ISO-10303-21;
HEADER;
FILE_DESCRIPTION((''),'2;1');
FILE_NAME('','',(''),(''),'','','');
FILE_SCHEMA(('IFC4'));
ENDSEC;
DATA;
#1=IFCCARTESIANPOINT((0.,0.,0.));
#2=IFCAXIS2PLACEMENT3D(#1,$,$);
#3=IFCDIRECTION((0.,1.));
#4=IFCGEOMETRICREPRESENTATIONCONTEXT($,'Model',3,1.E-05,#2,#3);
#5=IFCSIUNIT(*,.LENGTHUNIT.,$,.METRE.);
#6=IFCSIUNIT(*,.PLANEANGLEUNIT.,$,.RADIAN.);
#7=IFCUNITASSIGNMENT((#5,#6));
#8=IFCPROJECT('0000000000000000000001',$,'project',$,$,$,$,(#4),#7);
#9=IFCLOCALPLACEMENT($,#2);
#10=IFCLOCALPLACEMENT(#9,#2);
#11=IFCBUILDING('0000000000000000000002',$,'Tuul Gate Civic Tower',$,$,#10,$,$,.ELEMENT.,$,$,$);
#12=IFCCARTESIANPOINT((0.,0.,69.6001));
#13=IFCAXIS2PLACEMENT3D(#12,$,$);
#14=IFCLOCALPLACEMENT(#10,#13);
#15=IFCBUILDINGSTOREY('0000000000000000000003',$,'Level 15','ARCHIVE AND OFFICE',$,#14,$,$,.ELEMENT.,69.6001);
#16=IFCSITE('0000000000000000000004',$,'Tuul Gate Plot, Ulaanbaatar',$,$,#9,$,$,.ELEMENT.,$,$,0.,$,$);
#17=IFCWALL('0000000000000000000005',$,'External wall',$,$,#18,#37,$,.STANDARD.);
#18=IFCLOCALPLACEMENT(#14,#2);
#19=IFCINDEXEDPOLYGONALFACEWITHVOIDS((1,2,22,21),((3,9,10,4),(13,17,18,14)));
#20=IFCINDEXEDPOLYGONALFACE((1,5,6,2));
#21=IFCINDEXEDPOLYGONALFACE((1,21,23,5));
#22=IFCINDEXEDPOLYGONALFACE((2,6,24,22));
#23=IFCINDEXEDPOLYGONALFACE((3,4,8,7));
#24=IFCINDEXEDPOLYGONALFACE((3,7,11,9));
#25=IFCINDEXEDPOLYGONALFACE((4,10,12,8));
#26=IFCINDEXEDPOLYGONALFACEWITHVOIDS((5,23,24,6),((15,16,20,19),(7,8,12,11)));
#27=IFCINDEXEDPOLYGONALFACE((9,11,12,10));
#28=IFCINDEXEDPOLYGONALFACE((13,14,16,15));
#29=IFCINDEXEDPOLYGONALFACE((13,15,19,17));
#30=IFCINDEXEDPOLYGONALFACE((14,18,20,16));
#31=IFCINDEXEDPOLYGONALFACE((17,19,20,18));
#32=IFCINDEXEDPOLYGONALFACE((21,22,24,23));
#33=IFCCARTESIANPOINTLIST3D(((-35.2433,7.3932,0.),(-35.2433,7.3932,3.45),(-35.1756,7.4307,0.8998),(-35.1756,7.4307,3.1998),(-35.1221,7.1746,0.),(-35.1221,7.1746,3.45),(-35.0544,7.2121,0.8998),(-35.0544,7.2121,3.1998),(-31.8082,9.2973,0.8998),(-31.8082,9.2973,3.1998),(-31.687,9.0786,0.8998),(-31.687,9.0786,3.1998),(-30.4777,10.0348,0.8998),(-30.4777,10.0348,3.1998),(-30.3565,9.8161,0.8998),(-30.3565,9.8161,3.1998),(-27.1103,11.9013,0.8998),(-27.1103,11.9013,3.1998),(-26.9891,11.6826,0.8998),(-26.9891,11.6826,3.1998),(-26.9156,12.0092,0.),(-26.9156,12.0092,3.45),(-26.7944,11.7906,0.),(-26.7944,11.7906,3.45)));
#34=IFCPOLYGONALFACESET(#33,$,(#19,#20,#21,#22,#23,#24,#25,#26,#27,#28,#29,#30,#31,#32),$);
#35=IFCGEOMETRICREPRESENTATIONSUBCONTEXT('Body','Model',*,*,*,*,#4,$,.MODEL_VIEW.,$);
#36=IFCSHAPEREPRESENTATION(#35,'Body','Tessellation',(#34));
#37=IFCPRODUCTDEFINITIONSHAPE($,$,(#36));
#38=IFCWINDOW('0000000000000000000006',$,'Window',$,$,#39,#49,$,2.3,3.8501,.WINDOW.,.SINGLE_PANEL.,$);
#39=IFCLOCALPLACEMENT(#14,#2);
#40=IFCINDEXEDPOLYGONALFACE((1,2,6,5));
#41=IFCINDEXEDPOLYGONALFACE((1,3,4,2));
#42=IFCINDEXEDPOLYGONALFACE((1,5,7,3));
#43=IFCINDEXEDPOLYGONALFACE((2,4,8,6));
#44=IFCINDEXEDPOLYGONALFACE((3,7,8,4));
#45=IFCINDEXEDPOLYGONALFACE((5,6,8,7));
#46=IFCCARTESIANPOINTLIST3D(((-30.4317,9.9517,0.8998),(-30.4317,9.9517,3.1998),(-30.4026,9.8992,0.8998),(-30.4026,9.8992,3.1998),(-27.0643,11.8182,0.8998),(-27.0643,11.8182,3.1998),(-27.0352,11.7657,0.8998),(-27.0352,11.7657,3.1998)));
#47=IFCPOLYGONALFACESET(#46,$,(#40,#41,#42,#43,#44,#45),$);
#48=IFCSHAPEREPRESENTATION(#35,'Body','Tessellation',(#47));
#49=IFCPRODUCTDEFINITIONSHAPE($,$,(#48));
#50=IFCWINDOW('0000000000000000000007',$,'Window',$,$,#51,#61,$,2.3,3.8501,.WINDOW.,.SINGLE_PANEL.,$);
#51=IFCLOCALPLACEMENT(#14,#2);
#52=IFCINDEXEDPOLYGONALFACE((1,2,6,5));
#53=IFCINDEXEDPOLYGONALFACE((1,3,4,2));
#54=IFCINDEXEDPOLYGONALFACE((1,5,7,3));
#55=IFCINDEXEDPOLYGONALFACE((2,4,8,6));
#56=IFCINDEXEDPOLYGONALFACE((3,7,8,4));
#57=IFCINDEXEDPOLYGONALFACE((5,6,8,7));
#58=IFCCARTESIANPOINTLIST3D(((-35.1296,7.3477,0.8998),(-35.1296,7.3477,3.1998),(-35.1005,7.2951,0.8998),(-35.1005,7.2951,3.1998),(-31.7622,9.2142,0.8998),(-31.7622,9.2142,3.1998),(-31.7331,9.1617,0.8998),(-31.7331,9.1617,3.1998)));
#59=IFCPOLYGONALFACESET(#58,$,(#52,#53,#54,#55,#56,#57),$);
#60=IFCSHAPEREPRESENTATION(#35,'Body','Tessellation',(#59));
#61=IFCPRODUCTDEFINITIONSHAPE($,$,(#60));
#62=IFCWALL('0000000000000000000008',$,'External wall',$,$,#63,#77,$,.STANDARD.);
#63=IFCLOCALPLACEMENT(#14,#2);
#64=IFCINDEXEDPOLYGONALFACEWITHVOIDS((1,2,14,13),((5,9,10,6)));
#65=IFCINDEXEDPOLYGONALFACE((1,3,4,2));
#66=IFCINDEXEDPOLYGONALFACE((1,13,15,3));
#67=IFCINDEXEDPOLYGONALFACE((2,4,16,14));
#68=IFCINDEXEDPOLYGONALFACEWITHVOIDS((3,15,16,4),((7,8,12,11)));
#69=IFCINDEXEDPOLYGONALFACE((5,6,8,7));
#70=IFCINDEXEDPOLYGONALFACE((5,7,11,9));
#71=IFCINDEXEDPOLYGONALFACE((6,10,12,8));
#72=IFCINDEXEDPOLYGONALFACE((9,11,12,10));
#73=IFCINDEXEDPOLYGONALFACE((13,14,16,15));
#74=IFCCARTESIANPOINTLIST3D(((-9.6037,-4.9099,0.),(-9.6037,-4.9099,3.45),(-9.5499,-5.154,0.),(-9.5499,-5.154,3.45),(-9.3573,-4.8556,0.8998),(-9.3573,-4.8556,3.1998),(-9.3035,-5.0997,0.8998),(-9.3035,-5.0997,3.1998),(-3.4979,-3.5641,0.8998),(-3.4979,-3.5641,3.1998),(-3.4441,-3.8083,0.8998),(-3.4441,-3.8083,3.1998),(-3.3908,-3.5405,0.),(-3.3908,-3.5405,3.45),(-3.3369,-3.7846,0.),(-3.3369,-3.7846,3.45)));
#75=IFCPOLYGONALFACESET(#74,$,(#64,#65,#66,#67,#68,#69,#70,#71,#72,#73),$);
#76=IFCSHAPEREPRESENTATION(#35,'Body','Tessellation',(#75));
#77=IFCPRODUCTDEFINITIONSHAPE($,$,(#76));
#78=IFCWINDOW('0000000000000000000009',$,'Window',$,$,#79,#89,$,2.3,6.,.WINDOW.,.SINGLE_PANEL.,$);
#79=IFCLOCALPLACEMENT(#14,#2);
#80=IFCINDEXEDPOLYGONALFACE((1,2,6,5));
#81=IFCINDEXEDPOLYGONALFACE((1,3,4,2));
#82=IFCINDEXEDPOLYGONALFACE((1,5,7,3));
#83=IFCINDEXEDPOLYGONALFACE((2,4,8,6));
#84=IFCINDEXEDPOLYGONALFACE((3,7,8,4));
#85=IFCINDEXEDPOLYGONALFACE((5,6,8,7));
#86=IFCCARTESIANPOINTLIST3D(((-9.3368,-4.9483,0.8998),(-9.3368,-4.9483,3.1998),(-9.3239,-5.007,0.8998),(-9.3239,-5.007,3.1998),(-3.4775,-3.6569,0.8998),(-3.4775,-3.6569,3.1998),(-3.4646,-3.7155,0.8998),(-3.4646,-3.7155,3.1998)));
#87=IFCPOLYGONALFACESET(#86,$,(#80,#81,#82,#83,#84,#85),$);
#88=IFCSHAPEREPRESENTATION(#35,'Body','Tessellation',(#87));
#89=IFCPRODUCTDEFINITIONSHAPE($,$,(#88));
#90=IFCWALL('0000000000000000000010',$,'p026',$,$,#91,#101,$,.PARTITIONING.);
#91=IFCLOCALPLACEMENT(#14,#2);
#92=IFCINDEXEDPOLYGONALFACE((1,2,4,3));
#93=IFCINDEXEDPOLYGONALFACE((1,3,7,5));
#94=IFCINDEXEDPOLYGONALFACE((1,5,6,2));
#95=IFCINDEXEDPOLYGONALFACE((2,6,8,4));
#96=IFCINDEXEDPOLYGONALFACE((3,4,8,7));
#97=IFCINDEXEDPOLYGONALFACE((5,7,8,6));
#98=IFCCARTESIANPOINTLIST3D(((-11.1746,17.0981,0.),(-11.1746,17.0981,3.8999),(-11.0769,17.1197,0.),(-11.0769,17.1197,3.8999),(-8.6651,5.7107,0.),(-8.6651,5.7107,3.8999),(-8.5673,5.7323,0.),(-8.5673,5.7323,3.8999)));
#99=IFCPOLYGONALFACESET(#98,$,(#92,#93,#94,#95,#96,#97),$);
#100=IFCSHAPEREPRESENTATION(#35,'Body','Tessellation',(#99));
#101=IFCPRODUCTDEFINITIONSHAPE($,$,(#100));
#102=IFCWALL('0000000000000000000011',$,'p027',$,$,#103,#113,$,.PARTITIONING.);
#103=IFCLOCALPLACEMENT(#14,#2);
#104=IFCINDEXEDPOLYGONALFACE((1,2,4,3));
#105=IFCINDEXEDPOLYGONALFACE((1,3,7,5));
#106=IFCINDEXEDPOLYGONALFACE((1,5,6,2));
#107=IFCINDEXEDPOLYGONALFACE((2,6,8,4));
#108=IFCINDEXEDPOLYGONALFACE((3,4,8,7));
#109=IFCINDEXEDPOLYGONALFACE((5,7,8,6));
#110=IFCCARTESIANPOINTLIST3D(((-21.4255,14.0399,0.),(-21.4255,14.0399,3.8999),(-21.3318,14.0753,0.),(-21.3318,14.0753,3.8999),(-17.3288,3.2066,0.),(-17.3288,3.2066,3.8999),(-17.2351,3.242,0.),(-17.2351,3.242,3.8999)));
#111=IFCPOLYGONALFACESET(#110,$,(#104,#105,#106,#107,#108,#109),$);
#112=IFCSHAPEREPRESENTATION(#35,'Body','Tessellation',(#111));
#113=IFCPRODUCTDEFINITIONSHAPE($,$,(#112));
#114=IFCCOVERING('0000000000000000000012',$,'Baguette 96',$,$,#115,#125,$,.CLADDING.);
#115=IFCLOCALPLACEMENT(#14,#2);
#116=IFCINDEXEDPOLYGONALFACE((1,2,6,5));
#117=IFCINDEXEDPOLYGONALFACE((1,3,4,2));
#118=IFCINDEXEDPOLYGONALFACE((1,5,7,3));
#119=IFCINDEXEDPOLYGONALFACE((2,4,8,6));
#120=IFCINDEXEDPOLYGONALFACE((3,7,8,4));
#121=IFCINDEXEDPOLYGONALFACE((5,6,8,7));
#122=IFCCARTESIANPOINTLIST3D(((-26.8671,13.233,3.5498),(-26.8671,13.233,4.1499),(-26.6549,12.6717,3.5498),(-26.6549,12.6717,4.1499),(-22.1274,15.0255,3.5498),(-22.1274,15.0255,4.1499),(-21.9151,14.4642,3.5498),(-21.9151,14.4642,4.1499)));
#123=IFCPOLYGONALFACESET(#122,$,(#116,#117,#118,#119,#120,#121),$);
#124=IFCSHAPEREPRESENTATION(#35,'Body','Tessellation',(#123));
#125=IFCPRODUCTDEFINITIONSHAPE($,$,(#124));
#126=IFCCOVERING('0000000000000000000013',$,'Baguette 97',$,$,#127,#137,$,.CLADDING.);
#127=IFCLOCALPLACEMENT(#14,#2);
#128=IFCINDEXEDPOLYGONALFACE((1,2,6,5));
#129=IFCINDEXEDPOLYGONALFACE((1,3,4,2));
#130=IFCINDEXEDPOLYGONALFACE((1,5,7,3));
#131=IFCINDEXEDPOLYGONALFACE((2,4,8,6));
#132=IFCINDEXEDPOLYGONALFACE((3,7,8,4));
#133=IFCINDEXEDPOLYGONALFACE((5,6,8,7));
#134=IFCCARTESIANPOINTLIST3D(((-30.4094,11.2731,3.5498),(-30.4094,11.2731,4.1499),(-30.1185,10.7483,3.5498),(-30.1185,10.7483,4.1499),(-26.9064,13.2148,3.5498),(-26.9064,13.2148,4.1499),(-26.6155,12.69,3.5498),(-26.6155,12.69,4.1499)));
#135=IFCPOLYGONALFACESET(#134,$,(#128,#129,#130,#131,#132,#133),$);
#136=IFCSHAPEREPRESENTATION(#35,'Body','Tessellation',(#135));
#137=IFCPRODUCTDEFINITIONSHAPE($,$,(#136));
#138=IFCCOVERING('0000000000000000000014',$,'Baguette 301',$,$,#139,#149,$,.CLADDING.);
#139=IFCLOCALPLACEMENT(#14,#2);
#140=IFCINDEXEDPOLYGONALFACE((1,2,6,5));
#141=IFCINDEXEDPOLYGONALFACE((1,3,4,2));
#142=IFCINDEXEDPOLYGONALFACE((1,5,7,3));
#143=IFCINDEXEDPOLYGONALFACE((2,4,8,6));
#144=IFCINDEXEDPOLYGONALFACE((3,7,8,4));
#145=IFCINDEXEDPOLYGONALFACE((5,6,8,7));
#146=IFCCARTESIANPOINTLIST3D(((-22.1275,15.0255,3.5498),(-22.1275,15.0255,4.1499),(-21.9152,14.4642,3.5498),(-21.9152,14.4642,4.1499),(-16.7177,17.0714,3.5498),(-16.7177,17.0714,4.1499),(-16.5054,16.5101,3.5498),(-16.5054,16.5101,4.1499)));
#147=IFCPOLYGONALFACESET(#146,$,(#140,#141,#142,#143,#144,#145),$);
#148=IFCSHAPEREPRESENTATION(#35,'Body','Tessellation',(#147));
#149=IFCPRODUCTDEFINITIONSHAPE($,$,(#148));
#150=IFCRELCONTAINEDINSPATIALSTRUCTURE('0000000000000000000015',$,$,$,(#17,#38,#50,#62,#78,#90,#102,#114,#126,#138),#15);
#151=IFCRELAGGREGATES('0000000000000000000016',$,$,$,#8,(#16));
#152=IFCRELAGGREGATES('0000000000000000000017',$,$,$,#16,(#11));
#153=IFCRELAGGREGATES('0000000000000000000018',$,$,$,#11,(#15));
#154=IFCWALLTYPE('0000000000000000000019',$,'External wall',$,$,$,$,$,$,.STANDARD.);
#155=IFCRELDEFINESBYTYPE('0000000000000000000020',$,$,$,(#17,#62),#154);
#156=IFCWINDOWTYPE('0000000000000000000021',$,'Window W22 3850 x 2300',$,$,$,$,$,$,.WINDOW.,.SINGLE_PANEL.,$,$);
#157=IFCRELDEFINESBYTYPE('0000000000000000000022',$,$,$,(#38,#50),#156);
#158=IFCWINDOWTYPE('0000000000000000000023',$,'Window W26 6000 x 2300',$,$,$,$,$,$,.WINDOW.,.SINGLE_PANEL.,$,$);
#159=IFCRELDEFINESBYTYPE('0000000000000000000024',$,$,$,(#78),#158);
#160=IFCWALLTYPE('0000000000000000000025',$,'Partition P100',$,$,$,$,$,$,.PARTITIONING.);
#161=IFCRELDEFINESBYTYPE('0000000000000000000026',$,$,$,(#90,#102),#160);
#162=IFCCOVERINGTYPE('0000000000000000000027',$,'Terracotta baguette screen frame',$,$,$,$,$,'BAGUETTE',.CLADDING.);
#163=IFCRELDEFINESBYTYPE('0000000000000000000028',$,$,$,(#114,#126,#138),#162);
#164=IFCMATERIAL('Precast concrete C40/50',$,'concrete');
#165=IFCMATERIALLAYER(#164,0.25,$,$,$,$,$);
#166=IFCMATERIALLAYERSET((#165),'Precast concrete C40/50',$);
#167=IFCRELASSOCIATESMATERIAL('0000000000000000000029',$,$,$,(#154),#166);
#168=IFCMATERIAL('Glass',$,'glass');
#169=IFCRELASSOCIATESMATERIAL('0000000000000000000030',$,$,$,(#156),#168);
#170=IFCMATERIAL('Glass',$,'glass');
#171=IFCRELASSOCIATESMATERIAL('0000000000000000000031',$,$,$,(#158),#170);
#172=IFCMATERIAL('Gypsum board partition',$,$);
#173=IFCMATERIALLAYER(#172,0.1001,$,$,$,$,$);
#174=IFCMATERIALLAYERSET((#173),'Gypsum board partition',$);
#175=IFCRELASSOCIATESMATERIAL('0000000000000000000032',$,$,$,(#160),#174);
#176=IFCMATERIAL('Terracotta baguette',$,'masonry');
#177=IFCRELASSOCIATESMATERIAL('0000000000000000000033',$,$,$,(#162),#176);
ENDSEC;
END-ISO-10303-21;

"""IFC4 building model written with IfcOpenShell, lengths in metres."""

from ifc_helpers import new_model, si_unit, direction, frame, frame_2d, origin, origin_2d, place, context, subcontext, project, spatial, rectangle, extrude, material, layer, layer_set, material_profile, profile_set, type_object, element, fill, save


model = new_model("IFC4")

# Units and contexts
model_context = context("Model", 3, precision=1e-05, world=origin(), true_north=direction((0.0, 1.0)))
body_context = subcontext(model_context, "Body", "Model", "MODEL_VIEW")
ifc_project = project(units=[si_unit("LENGTHUNIT", "METRE"), si_unit("PLANEANGLEUNIT", "RADIAN")], contexts=[model_context])

# Site, building, storey
site_placement = place(None, origin())
site = spatial("IfcSite", under=ifc_project, at=site_placement, Name="Tuul Gate Plot, Ulaanbaatar", CompositionType="ELEMENT", RefElevation=0.0)
building_placement = place(site_placement, origin())
building = spatial("IfcBuilding", under=site, at=building_placement, Name="Tuul Gate Civic Tower", CompositionType="ELEMENT")
storey_placement = place(building_placement, frame((0.0, 0.0, 69.6001)))
storey = spatial("IfcBuildingStorey", under=building, at=storey_placement, Name="Level 15", Description="ARCHIVE AND OFFICE", CompositionType="ELEMENT", Elevation=69.6001)

# Wall, openings, windows
ifc_material_1 = material(Name="Precast concrete C40/50", Category="concrete")
ifc_layer_1 = layer(ifc_material_1, 0.25)
ifc_layer_set_1 = layer_set([ifc_layer_1], Name="Precast concrete C40/50")
wall_type_1 = type_object("IfcWallType", Name="External wall", PredefinedType="STANDARD", material=ifc_layer_set_1)
ifc_material_2 = material(Name="Glass", Category="glass")
window_type_1 = type_object("IfcWindowType", Name="Window W22 3850 x 2300", PartitioningType="SINGLE_PANEL", PredefinedType="WINDOW", material=ifc_material_2)
wall_1_placement = place(storey_placement, frame((-26.855, 11.8999, 0.0), z_axis=(0.0, 0.0, 1.0), x_axis=(-0.874625, -0.4848, 0.0)))
wall_1 = element("IfcWall", 1, at=wall_1_placement, inside=storey, type_object=wall_type_1, Name="External wall", PredefinedType="STANDARD", context=body_context, shape_type="SweptSolid", body=[
    extrude(rectangle(XDim=9.5215, YDim=0.25, at=frame_2d((4.7607, 0.0))), origin(), (0.0, 0.0, 1.0), 3.45),
])
opening_1_placement = place(wall_1_placement, frame((0.2227, 0.0, 0.8999)))
opening_1 = element("IfcOpeningElement", 2, at=opening_1_placement, cuts=wall_1, PredefinedType="OPENING", context=body_context, shape_type="SweptSolid", body=[
    extrude(rectangle(XDim=3.8501, YDim=2.3, at=frame_2d((1.925, 1.1499))), frame((0.0, 0.135, 0.0), z_axis=(0.0, -1.0, 0.0), x_axis=(1.0, 0.0, 0.0)), (0.0, 0.0, 1.0), 0.27),
])
opening_2_placement = place(wall_1_placement, frame((5.594, 0.0, 0.8999)))
opening_2 = element("IfcOpeningElement", 3, at=opening_2_placement, cuts=wall_1, PredefinedType="OPENING", context=body_context, shape_type="SweptSolid", body=[
    extrude(rectangle(XDim=3.8501, YDim=2.3, at=frame_2d((1.925, 1.1499))), frame((0.0, 0.135, 0.0), z_axis=(0.0, -1.0, 0.0), x_axis=(1.0, 0.0, 0.0)), (0.0, 0.0, 1.0), 0.27),
])
window_1_placement = place(opening_1_placement, origin())
window_1 = element("IfcWindow", 4, at=window_1_placement, inside=storey, type_object=window_type_1, Name="Window", OverallHeight=2.3, OverallWidth=3.8501, PartitioningType="SINGLE_PANEL", PredefinedType="WINDOW", context=body_context, shape_type="SweptSolid", body=[
    extrude(rectangle(XDim=3.8501, YDim=2.3, at=frame_2d((1.925, 1.1499))), frame((0.0, 0.03, 0.0), z_axis=(0.0, -1.0, 0.0), x_axis=(1.0, 0.0, 0.0)), (0.0, 0.0, 1.0), 0.0601),
])
fill(opening_1, window_1)
window_2_placement = place(opening_2_placement, origin())
window_2 = element("IfcWindow", 5, at=window_2_placement, inside=storey, type_object=window_type_1, Name="Window", OverallHeight=2.3, OverallWidth=3.8501, PartitioningType="SINGLE_PANEL", PredefinedType="WINDOW", context=body_context, shape_type="SweptSolid", body=[
    extrude(rectangle(XDim=3.8501, YDim=2.3, at=frame_2d((1.925, 1.1499))), frame((0.0, 0.03, 0.0), z_axis=(0.0, -1.0, 0.0), x_axis=(1.0, 0.0, 0.0)), (0.0, 0.0, 1.0), 0.0601),
])
fill(opening_2, window_2)

# Wall, opening, window
wall_2_placement = place(storey_placement, frame((-9.5769, -5.032, 0.0), z_axis=(0.0, 0.0, 1.0), x_axis=(0.97656, 0.215244, 0.0)))
wall_2 = element("IfcWall", 6, at=wall_2_placement, inside=storey, type_object=wall_type_1, Name="External wall", PredefinedType="STANDARD", context=body_context, shape_type="SweptSolid", body=[
    extrude(rectangle(XDim=6.3621, YDim=0.25, at=frame_2d((3.1812, 0.0))), origin(), (0.0, 0.0, 1.0), 3.45),
])
opening_3_placement = place(wall_2_placement, frame((0.2524, 0.0, 0.8999)))
opening_3 = element("IfcOpeningElement", 7, at=opening_3_placement, cuts=wall_2, PredefinedType="OPENING", context=body_context, shape_type="SweptSolid", body=[
    extrude(rectangle(XDim=6.0, YDim=2.3, at=frame_2d((3.0, 1.1499))), frame((0.0, 0.135, 0.0), z_axis=(0.0, -1.0, 0.0), x_axis=(1.0, 0.0, 0.0)), (0.0, 0.0, 1.0), 0.27),
])
ifc_material_3 = material(Name="Glass", Category="glass")
window_type_2 = type_object("IfcWindowType", Name="Window W26 6000 x 2300", PartitioningType="SINGLE_PANEL", PredefinedType="WINDOW", material=ifc_material_3)
window_3_placement = place(opening_3_placement, origin())
window_3 = element("IfcWindow", 8, at=window_3_placement, inside=storey, type_object=window_type_2, Name="Window", OverallHeight=2.3, OverallWidth=6.0, PartitioningType="SINGLE_PANEL", PredefinedType="WINDOW", context=body_context, shape_type="SweptSolid", body=[
    extrude(rectangle(XDim=6.0, YDim=2.3, at=frame_2d((3.0, 1.1499))), frame((0.0, 0.03, 0.0), z_axis=(0.0, -1.0, 0.0), x_axis=(1.0, 0.0, 0.0)), (0.0, 0.0, 1.0), 0.0601),
])
fill(opening_3, window_3)

# Walls
ifc_material_4 = material(Name="Gypsum board partition")
ifc_layer_2 = layer(ifc_material_4, 0.1001)
ifc_layer_set_2 = layer_set([ifc_layer_2], Name="Gypsum board partition")
wall_type_2 = type_object("IfcWallType", Name="Partition P100", PredefinedType="PARTITIONING", material=ifc_layer_set_2)
wall_3_placement = place(storey_placement, frame((-11.1257, 17.1089, 0.0), z_axis=(0.0, 0.0, 1.0), x_axis=(0.215212, -0.976567, 0.0)))
element("IfcWall", 9, at=wall_3_placement, inside=storey, type_object=wall_type_2, Name="p026", PredefinedType="PARTITIONING", context=body_context, shape_type="SweptSolid", body=[
    extrude(rectangle(XDim=11.6606, YDim=0.1001, at=frame_2d((5.8303, 0.0))), origin(), (0.0, 0.0, 1.0), 3.8999),
])
wall_4_placement = place(storey_placement, frame((-21.3787, 14.0576, 0.0), z_axis=(0.0, 0.0, 1.0), x_axis=(0.353712, -0.935355, 0.0)))
element("IfcWall", 10, at=wall_4_placement, inside=storey, type_object=wall_type_2, Name="p027", PredefinedType="PARTITIONING", context=body_context, shape_type="SweptSolid", body=[
    extrude(rectangle(XDim=11.582, YDim=0.1001, at=frame_2d((5.791, 0.0))), origin(), (0.0, 0.0, 1.0), 3.8999),
])

# Coverings
ifc_material_5 = material(Name="Terracotta baguette", Category="masonry")
ifc_material_profile_1 = material_profile(ifc_material_5, rectangle(XDim=0.6001, YDim=0.6001, at=origin_2d()), Name="Terracotta baguette screen frame")
ifc_profile_set_1 = profile_set([ifc_material_profile_1], Name="Terracotta baguette")
covering_type = type_object("IfcCoveringType", Name="Terracotta baguette screen frame", ElementType="BAGUETTE", PredefinedType="CLADDING", material=ifc_profile_set_1)
covering_1_placement = place(storey_placement, frame((-22.0212, 14.7449, 3.8499), z_axis=(-0.935347, -0.35373, 0.0), x_axis=(0.35373, -0.935347, 0.0)))
element("IfcCovering", 11, at=covering_1_placement, inside=storey, type_object=covering_type, Name="Baguette 96", PredefinedType="CLADDING", context=body_context, shape_type="SweptSolid", body=[
    extrude(rectangle(XDim=0.6001, YDim=0.6001, at=origin_2d()), origin(), (0.0, 0.0, 1.0), 5.0674),
])
covering_2_placement = place(storey_placement, frame((-26.761, 12.9524, 3.8499), z_axis=(-0.874626, -0.484799, 0.0), x_axis=(0.484799, -0.874626, 0.0)))
element("IfcCovering", 12, at=covering_2_placement, inside=storey, type_object=covering_type, Name="Baguette 97", PredefinedType="CLADDING", context=body_context, shape_type="SweptSolid", body=[
    extrude(rectangle(XDim=0.6001, YDim=0.6001, at=origin_2d()), origin(), (0.0, 0.0, 1.0), 4.0051),
])
covering_3_placement = place(storey_placement, frame((-16.6116, 16.7908, 3.8499), z_axis=(-0.935344, -0.35374, 0.0), x_axis=(0.35374, -0.935344, 0.0)))
element("IfcCovering", 13, at=covering_3_placement, inside=storey, type_object=covering_type, Name="Baguette 301", PredefinedType="CLADDING", context=body_context, shape_type="SweptSolid", body=[
    extrude(rectangle(XDim=0.6001, YDim=0.6001, at=origin_2d()), origin(), (0.0, 0.0, 1.0), 5.7837),
])

save(model, "model.ifc")
